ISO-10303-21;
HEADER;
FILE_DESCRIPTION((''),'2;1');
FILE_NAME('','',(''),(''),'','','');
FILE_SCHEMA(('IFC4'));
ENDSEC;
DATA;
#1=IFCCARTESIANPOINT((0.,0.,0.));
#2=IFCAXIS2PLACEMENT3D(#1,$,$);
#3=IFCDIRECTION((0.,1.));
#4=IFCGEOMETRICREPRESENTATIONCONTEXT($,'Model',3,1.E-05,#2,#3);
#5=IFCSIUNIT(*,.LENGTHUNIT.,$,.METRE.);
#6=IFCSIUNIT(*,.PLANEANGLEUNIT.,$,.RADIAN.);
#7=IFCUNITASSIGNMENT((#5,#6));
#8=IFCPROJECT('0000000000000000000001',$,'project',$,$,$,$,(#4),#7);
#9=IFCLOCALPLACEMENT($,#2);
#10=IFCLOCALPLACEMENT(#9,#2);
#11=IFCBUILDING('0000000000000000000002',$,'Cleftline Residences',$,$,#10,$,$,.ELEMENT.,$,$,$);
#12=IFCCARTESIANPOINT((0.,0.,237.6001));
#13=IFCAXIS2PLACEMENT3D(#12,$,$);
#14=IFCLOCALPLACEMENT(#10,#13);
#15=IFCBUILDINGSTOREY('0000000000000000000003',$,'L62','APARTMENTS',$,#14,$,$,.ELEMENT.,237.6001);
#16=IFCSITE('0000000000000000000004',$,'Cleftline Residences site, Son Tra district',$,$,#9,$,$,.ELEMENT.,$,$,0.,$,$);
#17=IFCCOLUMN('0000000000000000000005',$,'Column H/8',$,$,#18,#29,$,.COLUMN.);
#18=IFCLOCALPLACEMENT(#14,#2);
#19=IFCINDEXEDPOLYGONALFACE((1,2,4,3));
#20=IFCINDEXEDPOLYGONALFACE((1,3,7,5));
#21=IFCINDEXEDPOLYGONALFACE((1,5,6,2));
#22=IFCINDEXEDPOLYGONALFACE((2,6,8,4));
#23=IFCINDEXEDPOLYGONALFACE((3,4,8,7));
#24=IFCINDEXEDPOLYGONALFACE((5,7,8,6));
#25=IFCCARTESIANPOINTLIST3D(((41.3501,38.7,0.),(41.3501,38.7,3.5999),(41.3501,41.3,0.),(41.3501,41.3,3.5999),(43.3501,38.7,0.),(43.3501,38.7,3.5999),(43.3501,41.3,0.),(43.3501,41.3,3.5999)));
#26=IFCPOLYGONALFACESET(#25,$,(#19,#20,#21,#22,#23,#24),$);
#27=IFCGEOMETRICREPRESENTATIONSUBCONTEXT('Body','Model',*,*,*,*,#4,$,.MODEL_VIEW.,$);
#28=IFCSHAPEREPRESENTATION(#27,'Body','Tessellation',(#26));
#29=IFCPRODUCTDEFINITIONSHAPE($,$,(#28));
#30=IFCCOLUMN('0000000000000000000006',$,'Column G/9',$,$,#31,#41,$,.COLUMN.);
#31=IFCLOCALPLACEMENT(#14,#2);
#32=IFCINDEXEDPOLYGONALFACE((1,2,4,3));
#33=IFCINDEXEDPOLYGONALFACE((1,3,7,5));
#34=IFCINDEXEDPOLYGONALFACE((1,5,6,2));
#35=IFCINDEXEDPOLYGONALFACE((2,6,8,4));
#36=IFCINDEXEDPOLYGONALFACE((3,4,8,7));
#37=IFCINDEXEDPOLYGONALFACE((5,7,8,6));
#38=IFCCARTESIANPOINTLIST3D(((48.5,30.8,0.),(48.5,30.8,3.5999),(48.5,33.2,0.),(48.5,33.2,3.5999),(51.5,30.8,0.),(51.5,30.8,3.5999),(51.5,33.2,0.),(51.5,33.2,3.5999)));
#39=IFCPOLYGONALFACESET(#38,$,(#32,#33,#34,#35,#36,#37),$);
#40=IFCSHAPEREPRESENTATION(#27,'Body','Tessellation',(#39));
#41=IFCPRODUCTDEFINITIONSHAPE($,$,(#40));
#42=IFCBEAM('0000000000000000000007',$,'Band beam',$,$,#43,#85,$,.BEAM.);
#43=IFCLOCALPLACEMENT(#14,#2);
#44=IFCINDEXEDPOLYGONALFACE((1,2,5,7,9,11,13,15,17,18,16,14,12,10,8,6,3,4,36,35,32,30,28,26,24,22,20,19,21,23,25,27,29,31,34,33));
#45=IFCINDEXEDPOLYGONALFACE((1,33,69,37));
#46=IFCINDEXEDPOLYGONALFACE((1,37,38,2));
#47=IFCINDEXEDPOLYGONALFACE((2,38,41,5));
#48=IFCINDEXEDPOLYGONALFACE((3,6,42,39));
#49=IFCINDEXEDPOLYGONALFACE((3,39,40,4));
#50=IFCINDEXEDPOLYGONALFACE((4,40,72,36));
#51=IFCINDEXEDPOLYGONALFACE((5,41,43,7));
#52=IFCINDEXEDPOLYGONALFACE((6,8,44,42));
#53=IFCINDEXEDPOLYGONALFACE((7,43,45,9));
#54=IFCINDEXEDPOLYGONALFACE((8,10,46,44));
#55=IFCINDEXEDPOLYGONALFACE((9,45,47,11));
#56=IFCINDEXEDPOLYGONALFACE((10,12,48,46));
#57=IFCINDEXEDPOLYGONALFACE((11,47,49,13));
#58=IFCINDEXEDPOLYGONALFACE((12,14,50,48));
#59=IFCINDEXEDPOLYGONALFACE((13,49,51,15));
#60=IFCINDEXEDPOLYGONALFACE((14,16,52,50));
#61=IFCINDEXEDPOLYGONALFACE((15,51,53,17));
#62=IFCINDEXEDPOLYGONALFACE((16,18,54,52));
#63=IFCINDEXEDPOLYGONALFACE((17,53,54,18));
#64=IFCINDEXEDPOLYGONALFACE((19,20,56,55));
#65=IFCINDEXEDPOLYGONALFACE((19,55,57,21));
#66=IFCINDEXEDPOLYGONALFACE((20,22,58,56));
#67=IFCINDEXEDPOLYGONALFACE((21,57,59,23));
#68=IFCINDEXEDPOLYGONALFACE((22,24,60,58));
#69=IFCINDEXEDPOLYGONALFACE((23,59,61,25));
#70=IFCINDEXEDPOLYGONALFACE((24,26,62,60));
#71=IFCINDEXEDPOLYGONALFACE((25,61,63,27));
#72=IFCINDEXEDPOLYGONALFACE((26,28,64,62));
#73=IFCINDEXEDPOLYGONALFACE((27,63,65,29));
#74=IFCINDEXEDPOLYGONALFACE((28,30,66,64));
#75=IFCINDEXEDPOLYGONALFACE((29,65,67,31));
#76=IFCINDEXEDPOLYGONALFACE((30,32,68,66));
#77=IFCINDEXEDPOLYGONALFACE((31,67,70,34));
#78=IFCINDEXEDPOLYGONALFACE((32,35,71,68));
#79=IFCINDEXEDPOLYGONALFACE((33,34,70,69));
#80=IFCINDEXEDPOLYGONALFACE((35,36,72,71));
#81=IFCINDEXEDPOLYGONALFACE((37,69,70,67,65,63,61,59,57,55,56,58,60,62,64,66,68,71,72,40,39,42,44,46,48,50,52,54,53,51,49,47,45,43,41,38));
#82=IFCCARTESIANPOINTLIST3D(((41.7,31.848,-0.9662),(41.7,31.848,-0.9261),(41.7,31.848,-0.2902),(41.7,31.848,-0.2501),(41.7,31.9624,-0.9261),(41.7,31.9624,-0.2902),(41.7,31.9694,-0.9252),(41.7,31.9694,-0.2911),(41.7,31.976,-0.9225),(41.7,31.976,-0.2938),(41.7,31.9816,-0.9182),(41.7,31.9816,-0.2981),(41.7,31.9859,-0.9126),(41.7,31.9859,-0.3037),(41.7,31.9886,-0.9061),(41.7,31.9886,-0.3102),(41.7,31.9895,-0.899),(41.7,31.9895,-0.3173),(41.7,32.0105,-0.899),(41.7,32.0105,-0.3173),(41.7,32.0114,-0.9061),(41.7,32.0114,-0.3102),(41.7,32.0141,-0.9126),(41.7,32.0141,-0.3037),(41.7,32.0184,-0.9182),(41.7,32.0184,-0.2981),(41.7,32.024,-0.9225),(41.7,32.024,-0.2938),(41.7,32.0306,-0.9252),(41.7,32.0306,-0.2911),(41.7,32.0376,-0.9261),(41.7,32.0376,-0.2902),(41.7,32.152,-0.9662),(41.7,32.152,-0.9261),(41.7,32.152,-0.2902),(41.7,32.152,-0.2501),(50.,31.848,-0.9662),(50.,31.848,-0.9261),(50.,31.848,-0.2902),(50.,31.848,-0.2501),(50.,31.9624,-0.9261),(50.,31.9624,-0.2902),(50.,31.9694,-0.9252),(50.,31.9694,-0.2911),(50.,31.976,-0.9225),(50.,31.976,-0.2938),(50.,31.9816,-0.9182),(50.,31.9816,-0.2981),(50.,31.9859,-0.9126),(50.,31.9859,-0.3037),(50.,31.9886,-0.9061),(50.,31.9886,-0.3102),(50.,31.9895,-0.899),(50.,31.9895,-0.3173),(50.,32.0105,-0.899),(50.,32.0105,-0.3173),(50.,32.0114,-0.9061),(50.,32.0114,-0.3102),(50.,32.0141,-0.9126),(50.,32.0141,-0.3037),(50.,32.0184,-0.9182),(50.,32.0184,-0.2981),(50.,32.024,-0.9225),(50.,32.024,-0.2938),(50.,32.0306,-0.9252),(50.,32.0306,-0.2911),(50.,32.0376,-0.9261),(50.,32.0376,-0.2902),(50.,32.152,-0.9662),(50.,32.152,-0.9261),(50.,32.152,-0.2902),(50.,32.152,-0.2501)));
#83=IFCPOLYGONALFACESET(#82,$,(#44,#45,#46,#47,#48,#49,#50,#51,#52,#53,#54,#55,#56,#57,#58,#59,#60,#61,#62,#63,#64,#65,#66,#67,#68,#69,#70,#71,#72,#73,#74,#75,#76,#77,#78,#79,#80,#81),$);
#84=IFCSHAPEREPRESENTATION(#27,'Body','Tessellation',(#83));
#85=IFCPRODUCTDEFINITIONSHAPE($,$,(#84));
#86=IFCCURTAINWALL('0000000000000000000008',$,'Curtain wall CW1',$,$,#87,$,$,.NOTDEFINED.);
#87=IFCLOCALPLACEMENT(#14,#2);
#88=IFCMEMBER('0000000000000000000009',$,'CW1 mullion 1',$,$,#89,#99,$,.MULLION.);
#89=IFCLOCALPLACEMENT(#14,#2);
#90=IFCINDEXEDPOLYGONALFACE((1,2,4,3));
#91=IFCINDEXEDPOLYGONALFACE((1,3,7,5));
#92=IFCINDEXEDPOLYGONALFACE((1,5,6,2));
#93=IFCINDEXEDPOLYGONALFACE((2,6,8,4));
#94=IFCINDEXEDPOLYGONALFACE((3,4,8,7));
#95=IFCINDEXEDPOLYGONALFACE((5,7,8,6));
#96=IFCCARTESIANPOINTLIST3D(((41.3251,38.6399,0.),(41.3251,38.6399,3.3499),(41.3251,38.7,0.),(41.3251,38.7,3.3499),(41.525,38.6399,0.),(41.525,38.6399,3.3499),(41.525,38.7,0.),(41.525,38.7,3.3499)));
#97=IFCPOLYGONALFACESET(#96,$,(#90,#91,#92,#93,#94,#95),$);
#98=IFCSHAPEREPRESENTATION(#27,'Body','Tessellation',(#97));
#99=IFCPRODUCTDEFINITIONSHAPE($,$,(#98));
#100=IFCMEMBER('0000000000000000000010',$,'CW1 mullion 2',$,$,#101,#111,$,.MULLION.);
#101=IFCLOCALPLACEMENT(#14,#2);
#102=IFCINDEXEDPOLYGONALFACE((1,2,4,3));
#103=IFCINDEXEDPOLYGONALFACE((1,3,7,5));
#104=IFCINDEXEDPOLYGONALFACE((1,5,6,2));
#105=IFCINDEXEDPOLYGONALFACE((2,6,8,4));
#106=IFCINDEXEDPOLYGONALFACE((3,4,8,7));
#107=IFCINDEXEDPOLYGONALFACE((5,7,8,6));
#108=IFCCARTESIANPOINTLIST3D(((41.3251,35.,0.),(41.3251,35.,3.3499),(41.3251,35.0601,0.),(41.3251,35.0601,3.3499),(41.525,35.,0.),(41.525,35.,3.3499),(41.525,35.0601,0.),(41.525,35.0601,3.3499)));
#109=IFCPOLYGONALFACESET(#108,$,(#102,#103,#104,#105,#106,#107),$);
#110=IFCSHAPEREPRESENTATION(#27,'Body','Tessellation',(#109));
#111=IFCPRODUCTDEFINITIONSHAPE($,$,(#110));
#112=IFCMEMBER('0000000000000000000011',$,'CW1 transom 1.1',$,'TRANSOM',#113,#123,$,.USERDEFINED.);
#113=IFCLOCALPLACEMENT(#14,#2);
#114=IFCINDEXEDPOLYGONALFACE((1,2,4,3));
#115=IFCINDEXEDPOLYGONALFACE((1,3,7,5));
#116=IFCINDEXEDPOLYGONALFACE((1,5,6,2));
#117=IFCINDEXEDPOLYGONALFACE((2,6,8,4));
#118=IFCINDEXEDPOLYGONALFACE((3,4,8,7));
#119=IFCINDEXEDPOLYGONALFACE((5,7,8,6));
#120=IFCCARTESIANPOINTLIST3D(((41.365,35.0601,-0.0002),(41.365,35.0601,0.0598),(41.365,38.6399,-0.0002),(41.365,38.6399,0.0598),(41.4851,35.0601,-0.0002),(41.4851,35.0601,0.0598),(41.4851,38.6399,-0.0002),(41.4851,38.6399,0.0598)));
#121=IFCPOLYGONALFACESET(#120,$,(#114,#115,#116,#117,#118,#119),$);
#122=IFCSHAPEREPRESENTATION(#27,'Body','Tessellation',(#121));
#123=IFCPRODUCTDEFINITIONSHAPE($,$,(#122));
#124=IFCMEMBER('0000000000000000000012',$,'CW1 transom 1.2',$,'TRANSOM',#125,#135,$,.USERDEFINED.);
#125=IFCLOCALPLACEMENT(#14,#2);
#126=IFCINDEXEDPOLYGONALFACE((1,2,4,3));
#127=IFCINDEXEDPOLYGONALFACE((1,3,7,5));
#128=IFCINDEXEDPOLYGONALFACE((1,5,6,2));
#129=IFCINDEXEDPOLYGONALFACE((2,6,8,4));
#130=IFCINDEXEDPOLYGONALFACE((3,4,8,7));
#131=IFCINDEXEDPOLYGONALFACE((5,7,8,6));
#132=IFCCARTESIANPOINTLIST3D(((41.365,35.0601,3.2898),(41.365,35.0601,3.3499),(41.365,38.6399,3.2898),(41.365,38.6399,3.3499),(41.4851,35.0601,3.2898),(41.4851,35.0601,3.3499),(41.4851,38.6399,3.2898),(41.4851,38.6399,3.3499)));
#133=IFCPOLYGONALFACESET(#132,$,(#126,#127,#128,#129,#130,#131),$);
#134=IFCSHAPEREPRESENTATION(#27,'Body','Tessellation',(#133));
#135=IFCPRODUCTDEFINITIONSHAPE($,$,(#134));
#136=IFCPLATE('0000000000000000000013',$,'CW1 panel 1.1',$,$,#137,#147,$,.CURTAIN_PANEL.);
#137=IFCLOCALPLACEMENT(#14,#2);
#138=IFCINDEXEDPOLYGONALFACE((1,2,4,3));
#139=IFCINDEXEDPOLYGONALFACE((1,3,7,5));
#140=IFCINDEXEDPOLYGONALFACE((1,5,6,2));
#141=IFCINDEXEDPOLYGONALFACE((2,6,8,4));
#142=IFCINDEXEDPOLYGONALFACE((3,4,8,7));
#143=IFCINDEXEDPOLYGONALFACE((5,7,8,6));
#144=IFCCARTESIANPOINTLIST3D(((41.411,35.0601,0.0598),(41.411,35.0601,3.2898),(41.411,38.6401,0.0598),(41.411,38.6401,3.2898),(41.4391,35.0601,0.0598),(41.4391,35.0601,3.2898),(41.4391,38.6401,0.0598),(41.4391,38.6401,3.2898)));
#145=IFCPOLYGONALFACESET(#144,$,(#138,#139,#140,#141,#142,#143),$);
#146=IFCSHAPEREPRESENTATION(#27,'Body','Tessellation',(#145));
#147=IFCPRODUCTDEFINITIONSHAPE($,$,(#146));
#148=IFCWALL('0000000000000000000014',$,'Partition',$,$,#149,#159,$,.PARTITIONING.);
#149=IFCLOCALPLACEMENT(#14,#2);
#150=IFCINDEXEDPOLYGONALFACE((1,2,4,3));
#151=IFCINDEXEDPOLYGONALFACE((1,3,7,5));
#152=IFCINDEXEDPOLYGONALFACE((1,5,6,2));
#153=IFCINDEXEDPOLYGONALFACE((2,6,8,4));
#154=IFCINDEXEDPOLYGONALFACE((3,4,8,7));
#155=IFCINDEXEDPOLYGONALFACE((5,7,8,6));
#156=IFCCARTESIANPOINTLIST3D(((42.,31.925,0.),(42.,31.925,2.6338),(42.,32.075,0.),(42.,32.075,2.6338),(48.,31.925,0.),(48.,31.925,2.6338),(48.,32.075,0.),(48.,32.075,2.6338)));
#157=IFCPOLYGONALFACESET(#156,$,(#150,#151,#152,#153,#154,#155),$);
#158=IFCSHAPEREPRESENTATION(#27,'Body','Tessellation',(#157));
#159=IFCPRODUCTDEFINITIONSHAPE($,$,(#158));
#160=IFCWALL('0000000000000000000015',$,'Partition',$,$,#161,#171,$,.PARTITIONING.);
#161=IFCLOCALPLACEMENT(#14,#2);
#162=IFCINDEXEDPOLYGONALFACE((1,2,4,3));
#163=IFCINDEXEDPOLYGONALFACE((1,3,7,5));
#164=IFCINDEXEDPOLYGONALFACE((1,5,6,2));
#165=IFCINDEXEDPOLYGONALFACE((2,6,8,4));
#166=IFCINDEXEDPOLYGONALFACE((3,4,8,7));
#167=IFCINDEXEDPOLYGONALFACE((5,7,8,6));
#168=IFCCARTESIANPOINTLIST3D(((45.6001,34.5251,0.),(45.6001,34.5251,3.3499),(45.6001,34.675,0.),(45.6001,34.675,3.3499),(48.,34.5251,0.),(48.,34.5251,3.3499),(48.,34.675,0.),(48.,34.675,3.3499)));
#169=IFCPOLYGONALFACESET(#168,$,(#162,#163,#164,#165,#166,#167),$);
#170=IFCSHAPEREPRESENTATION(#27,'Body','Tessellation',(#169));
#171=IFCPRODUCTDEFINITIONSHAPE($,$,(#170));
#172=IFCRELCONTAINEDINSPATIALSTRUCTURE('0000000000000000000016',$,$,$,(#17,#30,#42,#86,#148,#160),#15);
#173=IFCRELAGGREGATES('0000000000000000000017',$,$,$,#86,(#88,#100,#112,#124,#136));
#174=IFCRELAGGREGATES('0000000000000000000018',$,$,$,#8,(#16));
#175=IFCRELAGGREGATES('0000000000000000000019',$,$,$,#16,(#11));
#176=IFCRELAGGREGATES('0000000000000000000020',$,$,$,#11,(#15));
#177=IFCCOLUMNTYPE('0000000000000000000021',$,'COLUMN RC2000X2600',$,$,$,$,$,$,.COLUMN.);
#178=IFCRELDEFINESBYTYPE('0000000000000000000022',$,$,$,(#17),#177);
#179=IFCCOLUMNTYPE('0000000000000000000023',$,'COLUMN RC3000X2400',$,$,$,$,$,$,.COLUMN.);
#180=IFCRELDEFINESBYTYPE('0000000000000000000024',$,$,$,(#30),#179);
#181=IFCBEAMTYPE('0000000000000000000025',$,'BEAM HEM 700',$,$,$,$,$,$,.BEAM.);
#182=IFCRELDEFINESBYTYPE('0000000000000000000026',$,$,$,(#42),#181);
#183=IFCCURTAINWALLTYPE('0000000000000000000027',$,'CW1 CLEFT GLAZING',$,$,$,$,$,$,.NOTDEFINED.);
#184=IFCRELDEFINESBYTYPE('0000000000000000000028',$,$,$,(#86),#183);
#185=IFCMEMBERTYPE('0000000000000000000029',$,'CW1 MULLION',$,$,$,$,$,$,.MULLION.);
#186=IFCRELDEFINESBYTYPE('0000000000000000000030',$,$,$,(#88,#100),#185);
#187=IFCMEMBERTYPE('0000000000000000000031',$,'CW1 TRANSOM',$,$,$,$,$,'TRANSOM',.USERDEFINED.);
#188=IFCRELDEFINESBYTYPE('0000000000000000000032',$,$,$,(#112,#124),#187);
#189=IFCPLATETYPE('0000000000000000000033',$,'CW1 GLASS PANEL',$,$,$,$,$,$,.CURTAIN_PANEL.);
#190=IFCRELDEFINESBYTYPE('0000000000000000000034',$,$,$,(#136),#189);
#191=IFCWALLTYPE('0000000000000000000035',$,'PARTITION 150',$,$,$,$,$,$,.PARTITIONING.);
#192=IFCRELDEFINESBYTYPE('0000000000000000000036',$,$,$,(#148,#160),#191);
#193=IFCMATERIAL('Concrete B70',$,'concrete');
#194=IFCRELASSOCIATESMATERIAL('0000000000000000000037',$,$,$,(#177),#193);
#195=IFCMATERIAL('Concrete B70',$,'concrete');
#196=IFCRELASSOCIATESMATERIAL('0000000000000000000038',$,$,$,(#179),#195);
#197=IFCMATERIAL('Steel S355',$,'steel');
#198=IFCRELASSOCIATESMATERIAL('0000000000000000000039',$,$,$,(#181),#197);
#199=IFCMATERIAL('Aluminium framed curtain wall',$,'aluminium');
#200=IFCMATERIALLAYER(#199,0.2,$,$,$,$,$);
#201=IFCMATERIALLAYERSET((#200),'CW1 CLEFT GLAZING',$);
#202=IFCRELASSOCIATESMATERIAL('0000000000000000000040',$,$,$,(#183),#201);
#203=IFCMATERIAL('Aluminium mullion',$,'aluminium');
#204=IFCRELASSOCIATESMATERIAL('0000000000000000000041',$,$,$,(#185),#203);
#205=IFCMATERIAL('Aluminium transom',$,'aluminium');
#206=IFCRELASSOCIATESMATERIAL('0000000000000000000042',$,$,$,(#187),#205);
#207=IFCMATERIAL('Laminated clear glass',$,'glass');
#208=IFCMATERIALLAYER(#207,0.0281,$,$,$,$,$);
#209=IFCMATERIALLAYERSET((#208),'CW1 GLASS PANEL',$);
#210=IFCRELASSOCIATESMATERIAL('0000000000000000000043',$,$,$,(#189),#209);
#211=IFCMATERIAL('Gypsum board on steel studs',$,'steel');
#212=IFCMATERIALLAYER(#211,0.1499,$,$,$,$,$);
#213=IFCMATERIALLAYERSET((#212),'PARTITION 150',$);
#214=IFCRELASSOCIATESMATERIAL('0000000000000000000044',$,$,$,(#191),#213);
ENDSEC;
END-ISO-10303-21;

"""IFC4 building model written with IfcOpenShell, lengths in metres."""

from ifc_helpers import new_model, si_unit, direction, frame, frame_2d, origin, origin_2d, place, context, subcontext, project, spatial, rectangle, i_section, extrude, material, layer, layer_set, material_profile, profile_set, type_object, element, aggregate, save


model = new_model("IFC4")

# Units and contexts
model_context = context("Model", 3, precision=1e-05, world=origin(), true_north=direction((0.0, 1.0)))
body_context = subcontext(model_context, "Body", "Model", "MODEL_VIEW")
ifc_project = project(units=[si_unit("LENGTHUNIT", "METRE"), si_unit("PLANEANGLEUNIT", "RADIAN")], contexts=[model_context])

# Site, building, storey
site_placement = place(None, origin())
site = spatial("IfcSite", under=ifc_project, at=site_placement, Name="Cleftline Residences site, Son Tra district", CompositionType="ELEMENT", RefElevation=0.0)
building_placement = place(site_placement, origin())
building = spatial("IfcBuilding", under=site, at=building_placement, Name="Cleftline Residences", CompositionType="ELEMENT")
storey_placement = place(building_placement, frame((0.0, 0.0, 237.6001)))
storey = spatial("IfcBuildingStorey", under=building, at=storey_placement, Name="L62", Description="APARTMENTS", CompositionType="ELEMENT", Elevation=237.6001)

# Columns
ifc_material_1 = material(Name="Concrete B70", Category="concrete")
ifc_material_profile_1 = material_profile(ifc_material_1, rectangle(XDim=2.0, YDim=2.6001, at=origin_2d()))
ifc_profile_set_1 = profile_set([ifc_material_profile_1], Name="Concrete B70")
column_type_1 = type_object("IfcColumnType", Name="COLUMN RC2000X2600", PredefinedType="COLUMN", material=ifc_profile_set_1)
column_1_placement = place(storey_placement, frame((42.3501, 40.0, 0.0), z_axis=(0.0, 0.0, 1.0), x_axis=(1.0, 0.0, 0.0)))
element("IfcColumn", 1, at=column_1_placement, inside=storey, type_object=column_type_1, Name="Column H/8", PredefinedType="COLUMN", context=body_context, shape_type="SweptSolid", body=[
    extrude(rectangle(XDim=2.0, YDim=2.6001, at=origin_2d()), origin(), (0.0, 0.0, 1.0), 3.5999),
])
ifc_material_2 = material(Name="Concrete B70", Category="concrete")
ifc_material_profile_2 = material_profile(ifc_material_2, rectangle(XDim=3.0, YDim=2.3999, at=origin_2d()))
ifc_profile_set_2 = profile_set([ifc_material_profile_2], Name="Concrete B70")
column_type_2 = type_object("IfcColumnType", Name="COLUMN RC3000X2400", PredefinedType="COLUMN", material=ifc_profile_set_2)
column_2_placement = place(storey_placement, frame((50.0, 32.0, 0.0), z_axis=(0.0, 0.0, 1.0), x_axis=(1.0, 0.0, 0.0)))
element("IfcColumn", 2, at=column_2_placement, inside=storey, type_object=column_type_2, Name="Column G/9", PredefinedType="COLUMN", context=body_context, shape_type="SweptSolid", body=[
    extrude(rectangle(XDim=3.0, YDim=2.3999, at=origin_2d()), origin(), (0.0, 0.0, 1.0), 3.5999),
])

# Beam
ifc_material_3 = material(Name="Steel S355", Category="steel")
ifc_material_profile_3 = material_profile(ifc_material_3, i_section(OverallWidth=0.304, OverallDepth=0.7161, WebThickness=0.021, FlangeThickness=0.04, FilletRadius=0.0271, at=origin_2d()))
ifc_profile_set_3 = profile_set([ifc_material_profile_3], Name="Steel S355")
beam_type = type_object("IfcBeamType", Name="BEAM HEM 700", PredefinedType="BEAM", material=ifc_profile_set_3)
beam_placement = place(storey_placement, frame((50.0, 32.0, -0.6082), z_axis=(-1.0, 0.0, 0.0), x_axis=(0.0, -1.0, 0.0)))
element("IfcBeam", 3, at=beam_placement, inside=storey, type_object=beam_type, Name="Band beam", PredefinedType="BEAM", context=body_context, shape_type="SweptSolid", body=[
    extrude(i_section(OverallWidth=0.304, OverallDepth=0.7161, WebThickness=0.021, FlangeThickness=0.04, FilletRadius=0.0271, at=origin_2d()), origin(), (0.0, 0.0, 1.0), 8.3),
])

# Curtain wall, members, plate
ifc_material_4 = material(Name="Aluminium framed curtain wall", Category="aluminium")
ifc_layer_1 = layer(ifc_material_4, 0.2)
ifc_layer_set_1 = layer_set([ifc_layer_1], Name="CW1 CLEFT GLAZING")
curtain_wall_type = type_object("IfcCurtainWallType", Name="CW1 CLEFT GLAZING", PredefinedType="NOTDEFINED", material=ifc_layer_set_1)
curtain_wall_placement = place(storey_placement, origin())
curtain_wall = element("IfcCurtainWall", 4, at=curtain_wall_placement, inside=storey, type_object=curtain_wall_type, Name="Curtain wall CW1", PredefinedType="NOTDEFINED")
ifc_material_5 = material(Name="Aluminium mullion", Category="aluminium")
ifc_material_profile_4 = material_profile(ifc_material_5, rectangle(XDim=0.2, YDim=0.0601, at=origin_2d()))
ifc_profile_set_4 = profile_set([ifc_material_profile_4], Name="Aluminium mullion")
member_type_1 = type_object("IfcMemberType", Name="CW1 MULLION", PredefinedType="MULLION", material=ifc_profile_set_4)
member_1_placement = place(storey_placement, frame((41.425, 38.6699, 0.0), z_axis=(0.0, 0.0, 1.0), x_axis=(1.0, 0.0, 0.0)))
member_1 = element("IfcMember", 5, at=member_1_placement, type_object=member_type_1, Name="CW1 mullion 1", PredefinedType="MULLION", context=body_context, shape_type="SweptSolid", body=[
    extrude(rectangle(XDim=0.2, YDim=0.0601, at=origin_2d()), origin(), (0.0, 0.0, 1.0), 3.3499),
])
member_2_placement = place(storey_placement, frame((41.425, 35.03, 0.0), z_axis=(0.0, 0.0, 1.0), x_axis=(1.0, 0.0, 0.0)))
member_2 = element("IfcMember", 6, at=member_2_placement, type_object=member_type_1, Name="CW1 mullion 2", PredefinedType="MULLION", context=body_context, shape_type="SweptSolid", body=[
    extrude(rectangle(XDim=0.2, YDim=0.0601, at=origin_2d()), origin(), (0.0, 0.0, 1.0), 3.3499),
])
ifc_material_6 = material(Name="Aluminium transom", Category="aluminium")
ifc_material_profile_5 = material_profile(ifc_material_6, rectangle(XDim=0.1201, YDim=0.0601, at=origin_2d()))
ifc_profile_set_5 = profile_set([ifc_material_profile_5], Name="Aluminium transom")
member_type_2 = type_object("IfcMemberType", Name="CW1 TRANSOM", ElementType="TRANSOM", PredefinedType="USERDEFINED", material=ifc_profile_set_5)
member_3_placement = place(storey_placement, frame((41.425, 38.6399, 0.0298), z_axis=(0.0, -1.0, 0.0), x_axis=(1.0, 0.0, 0.0)))
member_3 = element("IfcMember", 7, at=member_3_placement, type_object=member_type_2, Name="CW1 transom 1.1", ObjectType="TRANSOM", PredefinedType="USERDEFINED", context=body_context, shape_type="SweptSolid", body=[
    extrude(rectangle(XDim=0.1201, YDim=0.0601, at=origin_2d()), origin(), (0.0, 0.0, 1.0), 3.5798),
])
member_4_placement = place(storey_placement, frame((41.425, 38.6399, 3.3198), z_axis=(0.0, -1.0, 0.0), x_axis=(1.0, 0.0, 0.0)))
member_4 = element("IfcMember", 8, at=member_4_placement, type_object=member_type_2, Name="CW1 transom 1.2", ObjectType="TRANSOM", PredefinedType="USERDEFINED", context=body_context, shape_type="SweptSolid", body=[
    extrude(rectangle(XDim=0.1201, YDim=0.0601, at=origin_2d()), origin(), (0.0, 0.0, 1.0), 3.5798),
])
ifc_material_7 = material(Name="Laminated clear glass", Category="glass")
ifc_layer_2 = layer(ifc_material_7, 0.0281)
ifc_layer_set_2 = layer_set([ifc_layer_2], Name="CW1 GLASS PANEL")
plate_type = type_object("IfcPlateType", Name="CW1 GLASS PANEL", PredefinedType="CURTAIN_PANEL", material=ifc_layer_set_2)
plate_placement = place(storey_placement, frame((41.425, 36.8501, 0.0598), z_axis=(0.0, 0.0, 1.0), x_axis=(0.0, -1.0, 0.0)))
plate = element("IfcPlate", 9, at=plate_placement, type_object=plate_type, Name="CW1 panel 1.1", PredefinedType="CURTAIN_PANEL", context=body_context, shape_type="SweptSolid", body=[
    extrude(rectangle(XDim=3.5801, YDim=0.0281, at=origin_2d()), origin(), (0.0, 0.0, 1.0), 3.23),
])
aggregate(curtain_wall, [member_1, member_2, member_3, member_4, plate])

# Walls
ifc_material_8 = material(Name="Gypsum board on steel studs", Category="steel")
ifc_layer_3 = layer(ifc_material_8, 0.1499)
ifc_layer_set_3 = layer_set([ifc_layer_3], Name="PARTITION 150")
wall_type = type_object("IfcWallType", Name="PARTITION 150", PredefinedType="PARTITIONING", material=ifc_layer_set_3)
wall_1_placement = place(storey_placement, frame((42.0, 32.0, 0.0), z_axis=(0.0, 0.0, 1.0), x_axis=(1.0, 0.0, 0.0)))
element("IfcWall", 10, at=wall_1_placement, inside=storey, type_object=wall_type, Name="Partition", PredefinedType="PARTITIONING", context=body_context, shape_type="SweptSolid", body=[
    extrude(rectangle(XDim=6.0, YDim=0.1499, at=frame_2d((3.0, 0.0))), origin(), (0.0, 0.0, 1.0), 2.6338),
])
wall_2_placement = place(storey_placement, frame((45.6001, 34.6001, 0.0), z_axis=(0.0, 0.0, 1.0), x_axis=(1.0, 0.0, 0.0)))
element("IfcWall", 11, at=wall_2_placement, inside=storey, type_object=wall_type, Name="Partition", PredefinedType="PARTITIONING", context=body_context, shape_type="SweptSolid", body=[
    extrude(rectangle(XDim=2.3999, YDim=0.1499, at=frame_2d((1.2, 0.0))), origin(), (0.0, 0.0, 1.0), 3.3499),
])

save(model, "model.ifc")
